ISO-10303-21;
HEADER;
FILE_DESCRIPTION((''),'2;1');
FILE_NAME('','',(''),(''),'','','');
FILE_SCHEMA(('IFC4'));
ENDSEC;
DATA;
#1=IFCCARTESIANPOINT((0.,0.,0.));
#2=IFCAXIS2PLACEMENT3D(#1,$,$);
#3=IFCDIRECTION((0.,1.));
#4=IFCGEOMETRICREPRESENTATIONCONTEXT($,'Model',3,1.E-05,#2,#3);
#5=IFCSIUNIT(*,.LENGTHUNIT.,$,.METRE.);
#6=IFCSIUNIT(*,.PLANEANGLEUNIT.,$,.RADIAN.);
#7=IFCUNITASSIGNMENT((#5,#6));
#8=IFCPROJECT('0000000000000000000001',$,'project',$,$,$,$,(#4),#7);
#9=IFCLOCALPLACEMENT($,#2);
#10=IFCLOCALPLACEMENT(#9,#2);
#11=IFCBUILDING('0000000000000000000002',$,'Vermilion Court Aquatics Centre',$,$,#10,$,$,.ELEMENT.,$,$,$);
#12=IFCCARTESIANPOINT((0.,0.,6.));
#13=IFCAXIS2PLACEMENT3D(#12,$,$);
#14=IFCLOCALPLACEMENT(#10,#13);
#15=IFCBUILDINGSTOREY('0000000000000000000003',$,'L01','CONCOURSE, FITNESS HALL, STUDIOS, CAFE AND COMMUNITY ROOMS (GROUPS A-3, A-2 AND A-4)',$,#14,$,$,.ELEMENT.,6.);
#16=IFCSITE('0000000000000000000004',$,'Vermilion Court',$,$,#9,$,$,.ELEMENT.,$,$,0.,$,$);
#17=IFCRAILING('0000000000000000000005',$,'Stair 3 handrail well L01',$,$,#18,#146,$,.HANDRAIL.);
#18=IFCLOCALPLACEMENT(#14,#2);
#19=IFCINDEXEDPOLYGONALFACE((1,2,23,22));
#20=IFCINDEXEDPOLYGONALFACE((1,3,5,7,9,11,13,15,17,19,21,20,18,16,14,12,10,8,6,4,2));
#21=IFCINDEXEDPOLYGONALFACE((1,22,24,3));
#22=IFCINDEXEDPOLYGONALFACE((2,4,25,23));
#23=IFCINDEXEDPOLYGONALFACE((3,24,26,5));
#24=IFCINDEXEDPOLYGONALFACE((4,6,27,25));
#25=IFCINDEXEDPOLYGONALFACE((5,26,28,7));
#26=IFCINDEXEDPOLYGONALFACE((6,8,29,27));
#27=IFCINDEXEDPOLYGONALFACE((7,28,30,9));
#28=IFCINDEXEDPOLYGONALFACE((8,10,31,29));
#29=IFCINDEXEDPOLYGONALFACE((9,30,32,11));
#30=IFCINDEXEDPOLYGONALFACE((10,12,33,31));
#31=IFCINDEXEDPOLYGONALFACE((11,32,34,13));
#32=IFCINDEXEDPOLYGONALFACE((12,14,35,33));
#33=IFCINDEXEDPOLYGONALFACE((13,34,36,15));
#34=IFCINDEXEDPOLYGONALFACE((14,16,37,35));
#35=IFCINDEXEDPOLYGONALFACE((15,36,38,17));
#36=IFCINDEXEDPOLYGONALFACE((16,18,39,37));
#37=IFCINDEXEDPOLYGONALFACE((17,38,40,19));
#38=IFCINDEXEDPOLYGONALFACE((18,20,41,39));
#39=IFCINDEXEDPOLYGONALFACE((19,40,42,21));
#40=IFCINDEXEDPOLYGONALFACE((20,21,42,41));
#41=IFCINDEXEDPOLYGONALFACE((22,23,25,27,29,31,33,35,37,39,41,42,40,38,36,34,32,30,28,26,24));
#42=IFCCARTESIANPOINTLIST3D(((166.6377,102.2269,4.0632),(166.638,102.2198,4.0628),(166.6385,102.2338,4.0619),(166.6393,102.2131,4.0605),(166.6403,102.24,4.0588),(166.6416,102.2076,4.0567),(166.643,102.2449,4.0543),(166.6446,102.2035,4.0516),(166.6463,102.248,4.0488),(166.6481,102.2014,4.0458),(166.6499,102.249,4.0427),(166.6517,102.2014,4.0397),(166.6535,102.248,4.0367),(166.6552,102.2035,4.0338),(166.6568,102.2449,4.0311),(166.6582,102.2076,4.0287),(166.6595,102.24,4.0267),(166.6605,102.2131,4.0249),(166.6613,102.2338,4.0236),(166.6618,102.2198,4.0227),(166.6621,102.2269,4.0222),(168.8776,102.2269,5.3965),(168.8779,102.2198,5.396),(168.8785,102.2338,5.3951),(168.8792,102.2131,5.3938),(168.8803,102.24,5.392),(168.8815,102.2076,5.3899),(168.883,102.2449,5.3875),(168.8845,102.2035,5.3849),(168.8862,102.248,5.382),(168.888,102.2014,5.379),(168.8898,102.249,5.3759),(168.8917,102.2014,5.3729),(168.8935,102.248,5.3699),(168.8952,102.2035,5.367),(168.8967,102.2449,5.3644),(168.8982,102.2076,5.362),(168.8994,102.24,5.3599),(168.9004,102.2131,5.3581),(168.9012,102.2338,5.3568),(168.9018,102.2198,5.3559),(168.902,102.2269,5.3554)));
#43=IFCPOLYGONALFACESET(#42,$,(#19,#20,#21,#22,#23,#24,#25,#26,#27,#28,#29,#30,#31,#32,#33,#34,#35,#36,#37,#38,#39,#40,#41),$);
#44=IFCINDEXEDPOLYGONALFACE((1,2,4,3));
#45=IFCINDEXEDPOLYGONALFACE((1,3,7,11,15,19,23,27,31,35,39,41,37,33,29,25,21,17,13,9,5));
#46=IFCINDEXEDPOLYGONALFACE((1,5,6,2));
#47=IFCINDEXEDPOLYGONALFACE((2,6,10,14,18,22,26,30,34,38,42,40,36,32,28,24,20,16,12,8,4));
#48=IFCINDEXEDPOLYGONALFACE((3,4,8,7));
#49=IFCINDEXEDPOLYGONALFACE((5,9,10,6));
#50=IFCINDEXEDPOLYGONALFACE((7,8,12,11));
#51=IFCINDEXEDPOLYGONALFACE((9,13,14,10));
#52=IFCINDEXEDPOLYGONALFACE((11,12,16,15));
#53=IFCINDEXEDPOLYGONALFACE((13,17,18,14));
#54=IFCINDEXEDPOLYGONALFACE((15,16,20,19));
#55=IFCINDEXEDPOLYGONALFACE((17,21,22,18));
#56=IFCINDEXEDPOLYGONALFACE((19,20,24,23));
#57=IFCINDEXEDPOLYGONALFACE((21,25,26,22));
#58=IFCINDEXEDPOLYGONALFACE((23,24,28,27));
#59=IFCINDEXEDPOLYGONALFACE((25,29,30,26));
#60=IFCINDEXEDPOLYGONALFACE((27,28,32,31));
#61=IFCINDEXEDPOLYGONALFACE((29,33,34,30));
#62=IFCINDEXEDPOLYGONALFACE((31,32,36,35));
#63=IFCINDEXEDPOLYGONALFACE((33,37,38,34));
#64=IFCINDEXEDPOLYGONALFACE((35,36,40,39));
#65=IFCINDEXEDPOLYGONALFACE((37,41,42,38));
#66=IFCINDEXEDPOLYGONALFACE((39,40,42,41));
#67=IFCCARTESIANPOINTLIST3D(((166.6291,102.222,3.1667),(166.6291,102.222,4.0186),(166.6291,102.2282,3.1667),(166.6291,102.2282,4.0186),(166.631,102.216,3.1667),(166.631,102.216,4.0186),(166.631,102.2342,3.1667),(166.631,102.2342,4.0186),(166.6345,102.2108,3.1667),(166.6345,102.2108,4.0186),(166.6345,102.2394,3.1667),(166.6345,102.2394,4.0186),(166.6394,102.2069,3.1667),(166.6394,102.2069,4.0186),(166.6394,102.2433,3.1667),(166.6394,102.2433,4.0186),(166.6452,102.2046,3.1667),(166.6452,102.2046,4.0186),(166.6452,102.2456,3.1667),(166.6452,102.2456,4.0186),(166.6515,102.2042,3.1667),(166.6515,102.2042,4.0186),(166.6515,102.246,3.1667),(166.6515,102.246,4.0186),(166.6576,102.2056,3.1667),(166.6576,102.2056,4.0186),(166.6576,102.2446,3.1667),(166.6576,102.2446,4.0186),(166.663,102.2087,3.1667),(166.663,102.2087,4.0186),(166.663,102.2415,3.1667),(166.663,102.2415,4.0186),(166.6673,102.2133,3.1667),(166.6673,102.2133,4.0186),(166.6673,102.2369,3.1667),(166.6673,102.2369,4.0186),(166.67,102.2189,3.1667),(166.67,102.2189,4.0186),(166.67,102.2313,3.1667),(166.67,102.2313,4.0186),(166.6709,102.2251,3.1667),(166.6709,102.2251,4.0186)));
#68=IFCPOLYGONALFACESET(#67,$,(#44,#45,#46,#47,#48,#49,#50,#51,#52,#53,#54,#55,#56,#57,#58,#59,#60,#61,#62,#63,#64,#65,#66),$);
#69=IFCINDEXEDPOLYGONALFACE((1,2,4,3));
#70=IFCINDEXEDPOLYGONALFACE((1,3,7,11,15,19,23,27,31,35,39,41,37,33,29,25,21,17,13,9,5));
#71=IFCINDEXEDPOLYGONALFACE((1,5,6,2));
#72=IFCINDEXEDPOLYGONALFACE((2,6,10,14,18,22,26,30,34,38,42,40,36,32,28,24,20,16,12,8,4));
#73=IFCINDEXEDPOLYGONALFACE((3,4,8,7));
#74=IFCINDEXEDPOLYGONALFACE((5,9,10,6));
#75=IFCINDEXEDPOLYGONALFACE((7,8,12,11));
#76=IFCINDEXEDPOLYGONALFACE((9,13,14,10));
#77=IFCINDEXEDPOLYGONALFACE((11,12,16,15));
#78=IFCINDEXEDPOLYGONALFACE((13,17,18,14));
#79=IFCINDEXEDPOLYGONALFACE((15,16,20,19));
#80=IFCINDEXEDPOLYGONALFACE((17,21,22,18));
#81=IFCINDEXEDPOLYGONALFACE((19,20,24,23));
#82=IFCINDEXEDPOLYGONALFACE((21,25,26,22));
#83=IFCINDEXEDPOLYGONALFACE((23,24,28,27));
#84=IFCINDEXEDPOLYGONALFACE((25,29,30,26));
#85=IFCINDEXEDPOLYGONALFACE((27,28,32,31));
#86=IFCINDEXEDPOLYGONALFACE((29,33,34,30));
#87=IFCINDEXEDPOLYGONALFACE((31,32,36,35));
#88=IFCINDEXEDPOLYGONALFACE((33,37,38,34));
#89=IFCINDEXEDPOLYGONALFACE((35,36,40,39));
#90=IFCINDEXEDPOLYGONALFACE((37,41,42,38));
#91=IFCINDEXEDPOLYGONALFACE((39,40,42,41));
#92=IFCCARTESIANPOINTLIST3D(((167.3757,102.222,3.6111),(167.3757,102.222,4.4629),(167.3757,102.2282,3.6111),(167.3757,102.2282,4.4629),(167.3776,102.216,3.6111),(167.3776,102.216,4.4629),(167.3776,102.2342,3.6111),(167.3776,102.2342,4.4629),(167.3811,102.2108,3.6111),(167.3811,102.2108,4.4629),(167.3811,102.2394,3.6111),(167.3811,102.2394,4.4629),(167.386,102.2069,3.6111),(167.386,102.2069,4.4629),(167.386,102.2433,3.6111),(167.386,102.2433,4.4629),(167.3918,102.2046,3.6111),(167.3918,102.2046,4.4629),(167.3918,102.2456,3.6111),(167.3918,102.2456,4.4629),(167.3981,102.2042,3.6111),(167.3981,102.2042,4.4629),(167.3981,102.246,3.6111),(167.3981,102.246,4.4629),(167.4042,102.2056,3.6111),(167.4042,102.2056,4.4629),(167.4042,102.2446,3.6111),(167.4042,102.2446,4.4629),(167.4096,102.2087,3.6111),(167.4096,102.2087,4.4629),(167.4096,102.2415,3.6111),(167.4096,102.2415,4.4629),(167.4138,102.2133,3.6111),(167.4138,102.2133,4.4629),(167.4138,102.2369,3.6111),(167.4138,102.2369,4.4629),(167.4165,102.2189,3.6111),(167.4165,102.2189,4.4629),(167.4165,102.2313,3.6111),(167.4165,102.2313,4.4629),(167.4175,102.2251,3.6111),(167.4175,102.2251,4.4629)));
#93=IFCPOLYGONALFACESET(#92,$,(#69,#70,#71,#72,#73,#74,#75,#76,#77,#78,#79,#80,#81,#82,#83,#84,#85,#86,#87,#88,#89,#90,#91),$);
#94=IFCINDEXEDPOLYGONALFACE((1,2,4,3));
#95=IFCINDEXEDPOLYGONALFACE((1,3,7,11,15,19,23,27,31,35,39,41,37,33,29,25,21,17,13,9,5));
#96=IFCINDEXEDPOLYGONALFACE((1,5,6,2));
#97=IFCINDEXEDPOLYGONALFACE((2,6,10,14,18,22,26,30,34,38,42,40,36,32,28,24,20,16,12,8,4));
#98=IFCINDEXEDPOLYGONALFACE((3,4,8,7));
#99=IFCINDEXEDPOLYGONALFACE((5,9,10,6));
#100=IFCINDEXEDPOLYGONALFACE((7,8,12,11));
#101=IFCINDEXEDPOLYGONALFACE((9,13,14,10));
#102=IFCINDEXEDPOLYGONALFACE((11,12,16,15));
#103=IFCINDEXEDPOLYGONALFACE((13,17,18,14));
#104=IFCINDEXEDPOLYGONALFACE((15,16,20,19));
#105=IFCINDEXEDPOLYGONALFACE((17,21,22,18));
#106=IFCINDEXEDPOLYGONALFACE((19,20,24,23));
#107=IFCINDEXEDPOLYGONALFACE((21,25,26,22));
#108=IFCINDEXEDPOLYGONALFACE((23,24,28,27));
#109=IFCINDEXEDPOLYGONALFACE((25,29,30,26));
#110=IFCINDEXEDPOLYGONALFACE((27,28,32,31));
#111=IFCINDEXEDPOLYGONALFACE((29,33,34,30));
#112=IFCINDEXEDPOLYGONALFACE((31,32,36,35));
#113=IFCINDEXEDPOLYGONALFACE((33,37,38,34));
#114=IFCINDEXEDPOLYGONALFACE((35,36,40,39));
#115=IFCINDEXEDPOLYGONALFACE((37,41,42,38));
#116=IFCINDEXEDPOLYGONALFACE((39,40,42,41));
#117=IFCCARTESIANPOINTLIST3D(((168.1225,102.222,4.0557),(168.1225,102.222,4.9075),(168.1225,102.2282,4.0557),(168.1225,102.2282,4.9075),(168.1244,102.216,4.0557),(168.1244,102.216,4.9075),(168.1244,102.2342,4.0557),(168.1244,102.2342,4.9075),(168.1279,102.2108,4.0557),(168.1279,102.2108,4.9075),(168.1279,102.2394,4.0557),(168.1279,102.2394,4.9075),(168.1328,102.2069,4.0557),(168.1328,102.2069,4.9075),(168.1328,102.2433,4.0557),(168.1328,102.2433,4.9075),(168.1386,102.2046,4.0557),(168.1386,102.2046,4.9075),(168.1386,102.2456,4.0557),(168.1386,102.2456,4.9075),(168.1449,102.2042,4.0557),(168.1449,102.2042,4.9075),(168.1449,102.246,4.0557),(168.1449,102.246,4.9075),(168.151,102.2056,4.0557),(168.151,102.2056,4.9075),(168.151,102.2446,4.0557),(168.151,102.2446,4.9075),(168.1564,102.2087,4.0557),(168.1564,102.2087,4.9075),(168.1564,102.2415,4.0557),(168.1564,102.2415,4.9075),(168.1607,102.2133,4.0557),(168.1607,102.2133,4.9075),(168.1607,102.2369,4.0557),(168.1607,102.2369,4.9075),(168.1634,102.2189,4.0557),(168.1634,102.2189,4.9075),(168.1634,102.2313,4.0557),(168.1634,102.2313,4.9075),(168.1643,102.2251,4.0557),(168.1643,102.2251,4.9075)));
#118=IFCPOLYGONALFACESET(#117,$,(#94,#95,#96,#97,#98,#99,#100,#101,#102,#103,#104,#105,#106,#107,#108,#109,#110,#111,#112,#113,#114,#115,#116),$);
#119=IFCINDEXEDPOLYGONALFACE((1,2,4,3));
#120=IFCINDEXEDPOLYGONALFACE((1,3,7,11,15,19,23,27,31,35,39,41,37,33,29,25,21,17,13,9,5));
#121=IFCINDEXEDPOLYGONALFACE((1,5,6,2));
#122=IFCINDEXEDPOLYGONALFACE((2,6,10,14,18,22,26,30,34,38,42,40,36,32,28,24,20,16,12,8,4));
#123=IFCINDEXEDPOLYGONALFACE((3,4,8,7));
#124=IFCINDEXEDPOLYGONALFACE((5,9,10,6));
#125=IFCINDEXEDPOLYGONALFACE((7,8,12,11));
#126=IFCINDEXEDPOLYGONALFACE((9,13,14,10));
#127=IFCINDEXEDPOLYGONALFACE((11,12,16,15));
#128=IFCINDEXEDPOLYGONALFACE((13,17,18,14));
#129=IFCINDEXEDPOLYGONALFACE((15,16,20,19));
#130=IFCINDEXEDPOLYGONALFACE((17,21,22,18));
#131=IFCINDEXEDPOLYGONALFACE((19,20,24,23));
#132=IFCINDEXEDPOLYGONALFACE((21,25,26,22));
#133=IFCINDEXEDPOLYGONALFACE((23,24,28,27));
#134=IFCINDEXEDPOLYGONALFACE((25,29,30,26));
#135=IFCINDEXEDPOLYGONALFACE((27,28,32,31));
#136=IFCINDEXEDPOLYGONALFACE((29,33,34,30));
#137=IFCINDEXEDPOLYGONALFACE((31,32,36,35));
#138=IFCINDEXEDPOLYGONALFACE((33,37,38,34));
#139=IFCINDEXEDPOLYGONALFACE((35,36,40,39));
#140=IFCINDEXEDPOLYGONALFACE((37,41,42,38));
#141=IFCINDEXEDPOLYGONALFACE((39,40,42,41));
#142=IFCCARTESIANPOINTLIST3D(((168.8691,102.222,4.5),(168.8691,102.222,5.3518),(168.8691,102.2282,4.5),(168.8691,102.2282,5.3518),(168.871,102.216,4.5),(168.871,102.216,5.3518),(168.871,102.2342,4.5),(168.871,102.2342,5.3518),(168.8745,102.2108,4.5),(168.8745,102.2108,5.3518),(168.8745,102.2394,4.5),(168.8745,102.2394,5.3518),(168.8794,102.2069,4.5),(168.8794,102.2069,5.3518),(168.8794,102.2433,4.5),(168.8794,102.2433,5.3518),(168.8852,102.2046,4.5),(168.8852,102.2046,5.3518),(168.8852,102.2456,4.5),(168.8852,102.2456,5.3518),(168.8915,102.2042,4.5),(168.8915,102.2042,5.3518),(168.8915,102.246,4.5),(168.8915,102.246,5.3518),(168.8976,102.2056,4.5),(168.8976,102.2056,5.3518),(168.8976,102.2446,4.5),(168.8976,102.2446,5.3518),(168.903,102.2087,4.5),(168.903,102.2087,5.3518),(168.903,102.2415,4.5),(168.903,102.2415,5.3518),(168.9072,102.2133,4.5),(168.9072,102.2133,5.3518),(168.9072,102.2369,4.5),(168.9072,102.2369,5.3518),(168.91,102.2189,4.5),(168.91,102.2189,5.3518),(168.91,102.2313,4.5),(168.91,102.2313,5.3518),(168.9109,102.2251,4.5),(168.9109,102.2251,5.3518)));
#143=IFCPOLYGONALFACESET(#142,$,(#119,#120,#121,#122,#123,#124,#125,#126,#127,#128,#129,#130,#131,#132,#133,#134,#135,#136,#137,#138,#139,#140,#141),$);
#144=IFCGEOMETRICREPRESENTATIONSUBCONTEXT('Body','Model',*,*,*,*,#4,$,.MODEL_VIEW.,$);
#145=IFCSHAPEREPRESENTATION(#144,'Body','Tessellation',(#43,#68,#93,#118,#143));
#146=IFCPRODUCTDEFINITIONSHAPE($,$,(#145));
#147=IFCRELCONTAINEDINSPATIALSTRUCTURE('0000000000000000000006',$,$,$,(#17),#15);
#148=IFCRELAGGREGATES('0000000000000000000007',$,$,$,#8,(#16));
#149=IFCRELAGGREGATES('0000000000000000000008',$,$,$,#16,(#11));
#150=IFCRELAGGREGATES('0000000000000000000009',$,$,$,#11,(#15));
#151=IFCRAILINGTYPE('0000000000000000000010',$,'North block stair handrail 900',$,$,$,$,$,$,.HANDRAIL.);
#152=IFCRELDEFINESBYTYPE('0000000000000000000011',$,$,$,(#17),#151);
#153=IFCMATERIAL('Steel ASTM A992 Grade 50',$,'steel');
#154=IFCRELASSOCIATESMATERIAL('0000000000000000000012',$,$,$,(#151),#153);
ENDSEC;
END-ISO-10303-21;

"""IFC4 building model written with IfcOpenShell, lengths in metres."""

from ifc_helpers import new_model, si_unit, direction, frame, origin, origin_2d, place, context, subcontext, project, spatial, circle, extrude, material, type_object, element, save


model = new_model("IFC4")

# Units and contexts
model_context = context("Model", 3, precision=1e-05, world=origin(), true_north=direction((0.0, 1.0)))
body_context = subcontext(model_context, "Body", "Model", "MODEL_VIEW")
ifc_project = project(units=[si_unit("LENGTHUNIT", "METRE"), si_unit("PLANEANGLEUNIT", "RADIAN")], contexts=[model_context])

# Site, building, storey
site_placement = place(None, origin())
site = spatial("IfcSite", under=ifc_project, at=site_placement, Name="Vermilion Court", CompositionType="ELEMENT", RefElevation=0.0)
building_placement = place(site_placement, origin())
building = spatial("IfcBuilding", under=site, at=building_placement, Name="Vermilion Court Aquatics Centre", CompositionType="ELEMENT")
storey_placement = place(building_placement, frame((0.0, 0.0, 6.0)))
storey = spatial("IfcBuildingStorey", under=building, at=storey_placement, Name="L01", Description="CONCOURSE, FITNESS HALL, STUDIOS, CAFE AND COMMUNITY ROOMS (GROUPS A-3, A-2 AND A-4)", CompositionType="ELEMENT", Elevation=6.0)

# Railing
ifc_material_1 = material(Name="Steel ASTM A992 Grade 50", Category="steel")
railing_type_1 = type_object("IfcRailingType", Name="North block stair handrail 900", PredefinedType="HANDRAIL", material=ifc_material_1)
for number, where, name in (
    (1, (166.6499, 102.2251, 3.1667), "Stair 3 handrail well L01"),
):
    element("IfcRailing", number, at=place(storey_placement, frame(where)), inside=storey, type_object=railing_type_1, Name=name, PredefinedType="HANDRAIL", context=body_context, shape_type="SweptSolid", body=[
        extrude(circle(Radius=0.0239, at=origin_2d()), frame((0.0, 0.0, 0.876), z_axis=(0.859306, 0.0, 0.511462), x_axis=(0.0, 1.0, 0.0)), (0.0, 0.0, 1.0), 2.6067),
        extrude(circle(Radius=0.021, at=origin_2d()), origin(), (0.0, 0.0, 1.0), 0.8518),
        extrude(circle(Radius=0.021, at=origin_2d()), frame((0.7466, 0.0, 0.4443)), (0.0, 0.0, 1.0), 0.8518),
        extrude(circle(Radius=0.021, at=origin_2d()), frame((1.4934, 0.0, 0.8889)), (0.0, 0.0, 1.0), 0.8518),
        extrude(circle(Radius=0.021, at=origin_2d()), frame((2.24, 0.0, 1.3333)), (0.0, 0.0, 1.0), 0.8518),
    ])

save(model, "model.ifc")
